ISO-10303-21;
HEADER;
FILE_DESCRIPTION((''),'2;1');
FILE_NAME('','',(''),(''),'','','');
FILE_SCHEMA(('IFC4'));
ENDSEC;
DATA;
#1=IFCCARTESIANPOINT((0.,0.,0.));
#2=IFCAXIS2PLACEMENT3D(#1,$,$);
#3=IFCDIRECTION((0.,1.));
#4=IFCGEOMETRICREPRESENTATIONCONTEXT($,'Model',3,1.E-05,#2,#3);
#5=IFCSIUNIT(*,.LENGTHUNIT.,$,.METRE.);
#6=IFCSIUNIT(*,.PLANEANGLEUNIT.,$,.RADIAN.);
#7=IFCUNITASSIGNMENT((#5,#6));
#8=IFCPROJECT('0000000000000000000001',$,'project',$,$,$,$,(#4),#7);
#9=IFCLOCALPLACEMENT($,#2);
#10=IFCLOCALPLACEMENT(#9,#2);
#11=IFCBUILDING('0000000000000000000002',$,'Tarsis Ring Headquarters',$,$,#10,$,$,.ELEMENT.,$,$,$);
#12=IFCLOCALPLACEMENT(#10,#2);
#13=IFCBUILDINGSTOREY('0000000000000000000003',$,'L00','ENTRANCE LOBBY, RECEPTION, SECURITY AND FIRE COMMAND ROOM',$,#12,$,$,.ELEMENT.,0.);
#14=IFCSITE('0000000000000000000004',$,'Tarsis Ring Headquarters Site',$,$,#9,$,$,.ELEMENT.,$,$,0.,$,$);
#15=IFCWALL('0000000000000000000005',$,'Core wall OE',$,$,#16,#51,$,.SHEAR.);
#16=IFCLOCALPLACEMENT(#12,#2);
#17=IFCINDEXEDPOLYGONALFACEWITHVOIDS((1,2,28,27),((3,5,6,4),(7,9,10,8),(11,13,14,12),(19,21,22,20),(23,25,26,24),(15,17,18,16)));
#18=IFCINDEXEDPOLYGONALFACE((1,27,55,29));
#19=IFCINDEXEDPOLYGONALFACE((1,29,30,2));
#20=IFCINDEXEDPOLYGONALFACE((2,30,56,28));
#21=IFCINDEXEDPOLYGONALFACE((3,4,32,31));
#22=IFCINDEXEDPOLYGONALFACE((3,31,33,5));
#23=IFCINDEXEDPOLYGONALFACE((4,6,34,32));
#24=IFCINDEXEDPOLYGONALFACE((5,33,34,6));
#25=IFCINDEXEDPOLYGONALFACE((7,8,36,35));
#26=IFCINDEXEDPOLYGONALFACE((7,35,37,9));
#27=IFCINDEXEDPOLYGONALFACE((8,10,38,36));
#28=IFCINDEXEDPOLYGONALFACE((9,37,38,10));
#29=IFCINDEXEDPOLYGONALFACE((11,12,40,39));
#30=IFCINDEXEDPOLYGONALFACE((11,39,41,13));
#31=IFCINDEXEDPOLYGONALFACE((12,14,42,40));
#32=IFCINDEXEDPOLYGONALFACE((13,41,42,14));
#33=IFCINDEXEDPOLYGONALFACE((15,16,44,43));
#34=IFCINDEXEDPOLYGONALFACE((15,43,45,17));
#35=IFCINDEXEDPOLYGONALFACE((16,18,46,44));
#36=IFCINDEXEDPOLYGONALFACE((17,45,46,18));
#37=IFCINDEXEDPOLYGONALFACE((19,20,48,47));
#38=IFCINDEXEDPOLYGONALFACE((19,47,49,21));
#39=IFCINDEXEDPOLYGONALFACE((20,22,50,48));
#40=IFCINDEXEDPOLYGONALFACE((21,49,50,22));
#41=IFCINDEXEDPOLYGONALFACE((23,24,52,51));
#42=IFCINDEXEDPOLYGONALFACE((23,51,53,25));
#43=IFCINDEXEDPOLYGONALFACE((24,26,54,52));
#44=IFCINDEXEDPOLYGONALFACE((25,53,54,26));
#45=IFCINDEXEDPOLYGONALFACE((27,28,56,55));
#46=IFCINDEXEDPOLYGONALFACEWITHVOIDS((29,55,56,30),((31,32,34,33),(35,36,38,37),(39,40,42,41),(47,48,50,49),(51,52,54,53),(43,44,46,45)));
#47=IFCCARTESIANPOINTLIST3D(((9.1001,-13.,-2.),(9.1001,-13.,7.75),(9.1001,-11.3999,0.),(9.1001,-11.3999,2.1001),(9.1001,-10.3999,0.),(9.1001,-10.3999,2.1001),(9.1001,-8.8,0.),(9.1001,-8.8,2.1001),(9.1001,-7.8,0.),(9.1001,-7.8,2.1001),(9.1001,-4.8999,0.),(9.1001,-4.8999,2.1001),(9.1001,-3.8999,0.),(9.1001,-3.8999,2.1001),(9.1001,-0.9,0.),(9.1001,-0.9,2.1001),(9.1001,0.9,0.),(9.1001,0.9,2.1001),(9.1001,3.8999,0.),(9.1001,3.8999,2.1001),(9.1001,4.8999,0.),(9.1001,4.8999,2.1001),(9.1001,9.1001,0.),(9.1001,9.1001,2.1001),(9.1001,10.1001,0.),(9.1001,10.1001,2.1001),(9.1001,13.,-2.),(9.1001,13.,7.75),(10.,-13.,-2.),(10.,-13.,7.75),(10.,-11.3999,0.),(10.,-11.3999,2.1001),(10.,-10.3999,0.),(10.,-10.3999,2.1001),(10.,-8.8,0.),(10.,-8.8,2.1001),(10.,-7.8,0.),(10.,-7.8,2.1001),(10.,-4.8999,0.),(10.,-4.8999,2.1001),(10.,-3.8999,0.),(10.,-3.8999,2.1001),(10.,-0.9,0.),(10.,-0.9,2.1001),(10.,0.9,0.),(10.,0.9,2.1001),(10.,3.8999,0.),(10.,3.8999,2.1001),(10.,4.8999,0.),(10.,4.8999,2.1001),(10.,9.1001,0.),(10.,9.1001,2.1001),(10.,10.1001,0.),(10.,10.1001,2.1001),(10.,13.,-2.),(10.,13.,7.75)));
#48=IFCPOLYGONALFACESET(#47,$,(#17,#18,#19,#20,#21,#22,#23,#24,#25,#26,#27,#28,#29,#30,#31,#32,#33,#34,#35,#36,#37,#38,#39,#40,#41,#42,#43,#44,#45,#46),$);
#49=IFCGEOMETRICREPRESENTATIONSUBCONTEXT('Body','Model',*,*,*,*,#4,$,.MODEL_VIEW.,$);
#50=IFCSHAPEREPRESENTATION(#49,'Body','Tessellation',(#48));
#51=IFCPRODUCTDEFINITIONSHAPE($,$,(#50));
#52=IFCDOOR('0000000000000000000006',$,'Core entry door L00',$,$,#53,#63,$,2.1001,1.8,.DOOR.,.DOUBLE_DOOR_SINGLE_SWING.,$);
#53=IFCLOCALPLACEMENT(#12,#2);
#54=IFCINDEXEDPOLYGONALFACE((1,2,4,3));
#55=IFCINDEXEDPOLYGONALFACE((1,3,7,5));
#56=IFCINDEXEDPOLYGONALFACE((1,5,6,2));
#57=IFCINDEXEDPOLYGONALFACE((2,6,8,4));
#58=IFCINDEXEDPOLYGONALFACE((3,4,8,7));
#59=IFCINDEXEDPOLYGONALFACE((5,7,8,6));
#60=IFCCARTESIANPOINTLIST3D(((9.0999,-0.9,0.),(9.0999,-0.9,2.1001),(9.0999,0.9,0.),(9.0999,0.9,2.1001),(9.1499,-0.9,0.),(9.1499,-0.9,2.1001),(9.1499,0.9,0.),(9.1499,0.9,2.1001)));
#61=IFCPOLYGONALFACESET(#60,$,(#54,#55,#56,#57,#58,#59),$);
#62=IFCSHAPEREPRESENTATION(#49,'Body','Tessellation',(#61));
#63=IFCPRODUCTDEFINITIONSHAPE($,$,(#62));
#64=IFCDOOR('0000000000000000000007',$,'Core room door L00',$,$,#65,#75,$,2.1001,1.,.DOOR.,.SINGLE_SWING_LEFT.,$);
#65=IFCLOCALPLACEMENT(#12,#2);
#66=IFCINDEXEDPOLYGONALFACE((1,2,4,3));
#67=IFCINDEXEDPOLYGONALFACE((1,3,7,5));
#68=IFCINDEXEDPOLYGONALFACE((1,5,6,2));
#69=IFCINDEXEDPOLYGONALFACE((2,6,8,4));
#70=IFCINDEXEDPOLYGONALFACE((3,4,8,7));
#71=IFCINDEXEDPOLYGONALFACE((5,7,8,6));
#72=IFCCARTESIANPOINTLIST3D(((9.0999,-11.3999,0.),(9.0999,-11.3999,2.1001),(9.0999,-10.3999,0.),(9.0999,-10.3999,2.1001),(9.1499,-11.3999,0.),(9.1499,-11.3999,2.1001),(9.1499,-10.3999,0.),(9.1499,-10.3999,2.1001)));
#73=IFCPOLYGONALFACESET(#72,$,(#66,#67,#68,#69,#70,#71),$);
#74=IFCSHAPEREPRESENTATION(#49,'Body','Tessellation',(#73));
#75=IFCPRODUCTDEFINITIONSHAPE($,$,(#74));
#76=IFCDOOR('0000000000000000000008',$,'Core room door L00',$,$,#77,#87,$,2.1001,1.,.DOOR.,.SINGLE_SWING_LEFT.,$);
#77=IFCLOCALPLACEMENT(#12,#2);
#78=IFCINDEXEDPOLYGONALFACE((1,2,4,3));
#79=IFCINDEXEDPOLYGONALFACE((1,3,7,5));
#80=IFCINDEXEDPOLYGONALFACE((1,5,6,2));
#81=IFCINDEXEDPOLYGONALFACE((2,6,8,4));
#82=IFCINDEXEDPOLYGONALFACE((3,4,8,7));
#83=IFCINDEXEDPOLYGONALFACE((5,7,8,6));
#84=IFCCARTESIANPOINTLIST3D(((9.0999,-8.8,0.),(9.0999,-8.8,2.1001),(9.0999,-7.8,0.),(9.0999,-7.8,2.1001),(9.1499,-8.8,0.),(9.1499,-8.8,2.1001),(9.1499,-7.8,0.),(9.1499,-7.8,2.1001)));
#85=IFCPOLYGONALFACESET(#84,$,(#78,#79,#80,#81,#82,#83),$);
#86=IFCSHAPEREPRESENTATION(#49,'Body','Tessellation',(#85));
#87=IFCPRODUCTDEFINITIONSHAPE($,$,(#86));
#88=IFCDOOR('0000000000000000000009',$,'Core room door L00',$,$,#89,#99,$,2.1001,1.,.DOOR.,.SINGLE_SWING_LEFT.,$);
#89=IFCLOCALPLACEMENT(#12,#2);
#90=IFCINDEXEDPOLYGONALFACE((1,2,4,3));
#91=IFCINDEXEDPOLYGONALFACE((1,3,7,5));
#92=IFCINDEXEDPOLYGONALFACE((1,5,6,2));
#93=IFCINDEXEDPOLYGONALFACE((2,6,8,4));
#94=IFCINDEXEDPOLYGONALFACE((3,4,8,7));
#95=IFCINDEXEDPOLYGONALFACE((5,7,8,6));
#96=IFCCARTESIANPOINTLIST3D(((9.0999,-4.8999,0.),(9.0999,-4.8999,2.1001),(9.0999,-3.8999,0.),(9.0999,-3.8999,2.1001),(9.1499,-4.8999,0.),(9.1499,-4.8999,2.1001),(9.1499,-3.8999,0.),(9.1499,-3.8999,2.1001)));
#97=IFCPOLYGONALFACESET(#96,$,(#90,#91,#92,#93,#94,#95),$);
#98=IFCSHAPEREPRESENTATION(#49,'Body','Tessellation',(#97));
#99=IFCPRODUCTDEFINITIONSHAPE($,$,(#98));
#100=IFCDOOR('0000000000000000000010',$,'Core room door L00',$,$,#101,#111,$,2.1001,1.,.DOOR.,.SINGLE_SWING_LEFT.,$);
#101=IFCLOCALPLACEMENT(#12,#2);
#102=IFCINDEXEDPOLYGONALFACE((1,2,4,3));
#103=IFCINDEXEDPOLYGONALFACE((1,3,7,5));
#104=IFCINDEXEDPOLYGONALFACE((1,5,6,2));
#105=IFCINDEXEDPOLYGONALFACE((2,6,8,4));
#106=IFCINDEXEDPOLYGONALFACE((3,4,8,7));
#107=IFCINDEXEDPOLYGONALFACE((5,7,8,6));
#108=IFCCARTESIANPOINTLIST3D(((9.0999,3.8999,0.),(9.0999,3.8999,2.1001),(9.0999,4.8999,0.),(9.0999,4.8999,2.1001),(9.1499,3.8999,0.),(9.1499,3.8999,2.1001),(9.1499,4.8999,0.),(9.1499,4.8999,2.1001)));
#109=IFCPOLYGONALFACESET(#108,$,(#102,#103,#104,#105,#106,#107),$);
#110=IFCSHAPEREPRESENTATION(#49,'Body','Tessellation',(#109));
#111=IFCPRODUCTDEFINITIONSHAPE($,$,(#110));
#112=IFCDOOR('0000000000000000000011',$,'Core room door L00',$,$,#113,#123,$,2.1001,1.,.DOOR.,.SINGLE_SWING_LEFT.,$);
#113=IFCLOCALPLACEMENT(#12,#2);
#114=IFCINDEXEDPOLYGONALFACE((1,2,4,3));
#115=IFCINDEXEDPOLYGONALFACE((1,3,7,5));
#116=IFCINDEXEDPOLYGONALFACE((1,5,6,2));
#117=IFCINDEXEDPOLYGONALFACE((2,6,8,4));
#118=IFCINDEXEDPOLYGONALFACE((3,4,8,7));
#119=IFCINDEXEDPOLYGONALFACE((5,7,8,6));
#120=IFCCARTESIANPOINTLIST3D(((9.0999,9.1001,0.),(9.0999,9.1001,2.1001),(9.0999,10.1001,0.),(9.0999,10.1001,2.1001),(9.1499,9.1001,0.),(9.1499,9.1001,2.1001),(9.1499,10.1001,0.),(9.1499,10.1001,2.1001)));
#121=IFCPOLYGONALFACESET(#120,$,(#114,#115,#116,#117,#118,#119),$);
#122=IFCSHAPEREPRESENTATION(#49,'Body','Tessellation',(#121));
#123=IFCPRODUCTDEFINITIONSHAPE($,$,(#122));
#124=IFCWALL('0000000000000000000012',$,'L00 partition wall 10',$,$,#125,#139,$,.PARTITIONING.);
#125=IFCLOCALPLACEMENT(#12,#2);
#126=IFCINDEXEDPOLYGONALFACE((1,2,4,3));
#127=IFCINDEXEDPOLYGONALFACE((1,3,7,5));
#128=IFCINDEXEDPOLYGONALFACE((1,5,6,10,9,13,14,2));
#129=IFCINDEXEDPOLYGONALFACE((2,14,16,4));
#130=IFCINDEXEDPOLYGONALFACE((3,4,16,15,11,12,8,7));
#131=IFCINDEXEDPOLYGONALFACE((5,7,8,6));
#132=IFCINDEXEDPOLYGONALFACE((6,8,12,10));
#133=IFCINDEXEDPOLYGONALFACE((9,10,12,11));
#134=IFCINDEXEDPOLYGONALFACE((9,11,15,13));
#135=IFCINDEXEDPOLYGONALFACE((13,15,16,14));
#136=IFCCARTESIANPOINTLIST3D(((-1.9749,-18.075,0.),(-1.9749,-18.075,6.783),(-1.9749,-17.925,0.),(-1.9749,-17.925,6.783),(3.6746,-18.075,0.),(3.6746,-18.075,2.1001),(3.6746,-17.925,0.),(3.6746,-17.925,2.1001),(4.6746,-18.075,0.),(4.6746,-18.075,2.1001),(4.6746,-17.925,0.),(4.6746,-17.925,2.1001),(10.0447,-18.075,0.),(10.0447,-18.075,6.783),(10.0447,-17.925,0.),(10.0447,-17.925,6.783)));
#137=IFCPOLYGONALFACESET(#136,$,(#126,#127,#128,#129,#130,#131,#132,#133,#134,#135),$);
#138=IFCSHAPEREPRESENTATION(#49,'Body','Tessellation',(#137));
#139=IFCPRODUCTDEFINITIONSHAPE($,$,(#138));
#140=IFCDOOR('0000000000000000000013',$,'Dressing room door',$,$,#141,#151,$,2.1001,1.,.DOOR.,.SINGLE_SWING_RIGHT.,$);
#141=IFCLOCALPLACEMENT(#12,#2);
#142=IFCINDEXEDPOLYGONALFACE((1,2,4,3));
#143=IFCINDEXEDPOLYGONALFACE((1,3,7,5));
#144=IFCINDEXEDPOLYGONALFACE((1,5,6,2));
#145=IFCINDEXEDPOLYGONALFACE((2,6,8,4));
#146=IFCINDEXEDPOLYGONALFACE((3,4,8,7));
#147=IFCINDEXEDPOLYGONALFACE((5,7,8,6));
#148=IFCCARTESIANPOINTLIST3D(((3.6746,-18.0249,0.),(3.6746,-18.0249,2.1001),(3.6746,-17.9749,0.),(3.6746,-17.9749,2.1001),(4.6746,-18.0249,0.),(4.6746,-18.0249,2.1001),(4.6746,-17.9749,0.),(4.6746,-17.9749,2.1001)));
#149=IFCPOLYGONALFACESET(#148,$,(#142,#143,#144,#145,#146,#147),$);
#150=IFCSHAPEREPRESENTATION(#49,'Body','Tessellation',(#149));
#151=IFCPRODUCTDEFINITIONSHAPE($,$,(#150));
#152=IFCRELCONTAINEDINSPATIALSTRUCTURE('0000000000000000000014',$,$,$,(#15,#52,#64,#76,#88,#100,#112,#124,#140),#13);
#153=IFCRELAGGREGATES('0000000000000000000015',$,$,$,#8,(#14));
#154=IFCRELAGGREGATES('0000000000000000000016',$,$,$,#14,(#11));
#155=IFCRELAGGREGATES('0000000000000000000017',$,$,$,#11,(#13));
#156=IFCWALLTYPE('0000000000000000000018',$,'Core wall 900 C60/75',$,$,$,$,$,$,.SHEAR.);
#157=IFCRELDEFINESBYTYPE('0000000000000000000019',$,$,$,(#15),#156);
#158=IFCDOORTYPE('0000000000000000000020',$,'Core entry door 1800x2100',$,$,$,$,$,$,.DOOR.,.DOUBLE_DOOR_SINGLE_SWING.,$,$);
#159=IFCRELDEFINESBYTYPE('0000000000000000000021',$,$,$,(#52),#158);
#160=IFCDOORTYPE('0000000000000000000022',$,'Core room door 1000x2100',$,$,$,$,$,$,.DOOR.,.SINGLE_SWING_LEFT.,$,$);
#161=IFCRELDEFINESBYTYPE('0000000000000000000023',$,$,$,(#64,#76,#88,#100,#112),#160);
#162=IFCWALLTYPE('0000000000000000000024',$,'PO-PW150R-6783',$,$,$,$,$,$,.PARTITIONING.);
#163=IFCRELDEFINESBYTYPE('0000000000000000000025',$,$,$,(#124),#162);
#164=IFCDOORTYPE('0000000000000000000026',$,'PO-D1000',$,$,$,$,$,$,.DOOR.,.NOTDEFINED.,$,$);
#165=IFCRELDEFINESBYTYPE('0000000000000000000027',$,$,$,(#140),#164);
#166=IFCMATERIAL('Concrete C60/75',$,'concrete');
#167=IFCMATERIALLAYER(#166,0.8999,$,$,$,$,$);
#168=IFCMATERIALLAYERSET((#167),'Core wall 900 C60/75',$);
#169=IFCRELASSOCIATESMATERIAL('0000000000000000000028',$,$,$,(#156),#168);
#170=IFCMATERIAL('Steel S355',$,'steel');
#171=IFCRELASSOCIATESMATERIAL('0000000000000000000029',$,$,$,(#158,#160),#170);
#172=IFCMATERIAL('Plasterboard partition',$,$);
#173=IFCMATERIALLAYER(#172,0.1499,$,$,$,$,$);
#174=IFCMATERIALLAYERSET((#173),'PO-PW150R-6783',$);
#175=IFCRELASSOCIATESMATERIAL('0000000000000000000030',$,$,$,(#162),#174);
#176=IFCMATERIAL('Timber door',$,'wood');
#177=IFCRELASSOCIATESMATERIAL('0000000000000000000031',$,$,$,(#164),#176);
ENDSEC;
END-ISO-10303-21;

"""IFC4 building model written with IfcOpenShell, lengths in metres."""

from ifc_helpers import new_model, si_unit, direction, frame, frame_2d, origin, place, context, subcontext, project, spatial, rectangle, extrude, material, layer, layer_set, type_object, element, fill, save


model = new_model("IFC4")

# Units and contexts
model_context = context("Model", 3, precision=1e-05, world=origin(), true_north=direction((0.0, 1.0)))
body_context = subcontext(model_context, "Body", "Model", "MODEL_VIEW")
ifc_project = project(units=[si_unit("LENGTHUNIT", "METRE"), si_unit("PLANEANGLEUNIT", "RADIAN")], contexts=[model_context])

# Site, building, storey
site_placement = place(None, origin())
site = spatial("IfcSite", under=ifc_project, at=site_placement, Name="Tarsis Ring Headquarters Site", CompositionType="ELEMENT", RefElevation=0.0)
building_placement = place(site_placement, origin())
building = spatial("IfcBuilding", under=site, at=building_placement, Name="Tarsis Ring Headquarters", CompositionType="ELEMENT")
storey_placement = place(building_placement, origin())
storey = spatial("IfcBuildingStorey", under=building, at=storey_placement, Name="L00", Description="ENTRANCE LOBBY, RECEPTION, SECURITY AND FIRE COMMAND ROOM", CompositionType="ELEMENT", Elevation=0.0)

# Wall, openings, doors
ifc_material_1 = material(Name="Concrete C60/75", Category="concrete")
ifc_layer_1 = layer(ifc_material_1, 0.8999)
ifc_layer_set_1 = layer_set([ifc_layer_1], Name="Core wall 900 C60/75")
wall_type_1 = type_object("IfcWallType", Name="Core wall 900 C60/75", PredefinedType="SHEAR", material=ifc_layer_set_1)
wall_1_placement = place(storey_placement, frame((9.55, -13.0, -2.0), z_axis=(0.0, 0.0, 1.0), x_axis=(0.0, 1.0, 0.0)))
wall_1 = element("IfcWall", 1, at=wall_1_placement, inside=storey, type_object=wall_type_1, Name="Core wall OE", PredefinedType="SHEAR", context=body_context, shape_type="SweptSolid", body=[
    extrude(rectangle(XDim=26.0, YDim=0.8999, at=frame_2d((13.0, 0.0))), origin(), (0.0, 0.0, 1.0), 9.75),
])
opening_1_placement = place(wall_1_placement, frame((1.6001, 0.0, 2.0)))
opening_1 = element("IfcOpeningElement", 2, at=opening_1_placement, cuts=wall_1, PredefinedType="OPENING", context=body_context, shape_type="SweptSolid", body=[
    extrude(rectangle(XDim=1.0, YDim=2.1001, at=frame_2d((0.5, 1.05))), frame((0.0, 0.46, 0.0), z_axis=(0.0, -1.0, 0.0), x_axis=(1.0, 0.0, 0.0)), (0.0, 0.0, 1.0), 0.9199),
])
opening_2_placement = place(wall_1_placement, frame((4.2, 0.0, 2.0)))
opening_2 = element("IfcOpeningElement", 3, at=opening_2_placement, cuts=wall_1, PredefinedType="OPENING", context=body_context, shape_type="SweptSolid", body=[
    extrude(rectangle(XDim=1.0, YDim=2.1001, at=frame_2d((0.5, 1.05))), frame((0.0, 0.46, 0.0), z_axis=(0.0, -1.0, 0.0), x_axis=(1.0, 0.0, 0.0)), (0.0, 0.0, 1.0), 0.9199),
])
opening_3_placement = place(wall_1_placement, frame((8.1001, 0.0, 2.0)))
opening_3 = element("IfcOpeningElement", 4, at=opening_3_placement, cuts=wall_1, PredefinedType="OPENING", context=body_context, shape_type="SweptSolid", body=[
    extrude(rectangle(XDim=1.0, YDim=2.1001, at=frame_2d((0.5, 1.05))), frame((0.0, 0.46, 0.0), z_axis=(0.0, -1.0, 0.0), x_axis=(1.0, 0.0, 0.0)), (0.0, 0.0, 1.0), 0.9199),
])
opening_4_placement = place(wall_1_placement, frame((12.1001, 0.0, 2.0)))
opening_4 = element("IfcOpeningElement", 5, at=opening_4_placement, cuts=wall_1, PredefinedType="OPENING", context=body_context, shape_type="SweptSolid", body=[
    extrude(rectangle(XDim=1.8, YDim=2.1001, at=frame_2d((0.8999, 1.05))), frame((0.0, 0.46, 0.0), z_axis=(0.0, -1.0, 0.0), x_axis=(1.0, 0.0, 0.0)), (0.0, 0.0, 1.0), 0.9199),
])
opening_5_placement = place(wall_1_placement, frame((16.8999, 0.0, 2.0)))
opening_5 = element("IfcOpeningElement", 6, at=opening_5_placement, cuts=wall_1, PredefinedType="OPENING", context=body_context, shape_type="SweptSolid", body=[
    extrude(rectangle(XDim=1.0, YDim=2.1001, at=frame_2d((0.5, 1.05))), frame((0.0, 0.46, 0.0), z_axis=(0.0, -1.0, 0.0), x_axis=(1.0, 0.0, 0.0)), (0.0, 0.0, 1.0), 0.9199),
])
opening_6_placement = place(wall_1_placement, frame((22.1001, 0.0, 2.0)))
opening_6 = element("IfcOpeningElement", 7, at=opening_6_placement, cuts=wall_1, PredefinedType="OPENING", context=body_context, shape_type="SweptSolid", body=[
    extrude(rectangle(XDim=1.0, YDim=2.1001, at=frame_2d((0.5, 1.05))), frame((0.0, 0.46, 0.0), z_axis=(0.0, -1.0, 0.0), x_axis=(1.0, 0.0, 0.0)), (0.0, 0.0, 1.0), 0.9199),
])
ifc_material_2 = material(Name="Steel S355", Category="steel")
door_type_1 = type_object("IfcDoorType", Name="Core entry door 1800x2100", OperationType="DOUBLE_DOOR_SINGLE_SWING", PredefinedType="DOOR", material=ifc_material_2)
door_1_placement = place(opening_4_placement, origin())
door_1 = element("IfcDoor", 8, at=door_1_placement, inside=storey, type_object=door_type_1, Name="Core entry door L00", OperationType="DOUBLE_DOOR_SINGLE_SWING", OverallHeight=2.1001, OverallWidth=1.8, PredefinedType="DOOR", context=body_context, shape_type="SweptSolid", body=[
    extrude(rectangle(XDim=1.8, YDim=2.1001, at=frame_2d((0.8999, 1.05))), frame((0.0, 0.4502, 0.0), z_axis=(0.0, -1.0, 0.0), x_axis=(1.0, 0.0, 0.0)), (0.0, 0.0, 1.0), 0.05),
])
fill(opening_4, door_1)
door_type_2 = type_object("IfcDoorType", Name="Core room door 1000x2100", OperationType="SINGLE_SWING_LEFT", PredefinedType="DOOR", material=ifc_material_2)
door_2_placement = place(opening_1_placement, origin())
door_2 = element("IfcDoor", 9, at=door_2_placement, inside=storey, type_object=door_type_2, Name="Core room door L00", OperationType="SINGLE_SWING_LEFT", OverallHeight=2.1001, OverallWidth=1.0, PredefinedType="DOOR", context=body_context, shape_type="SweptSolid", body=[
    extrude(rectangle(XDim=1.0, YDim=2.1001, at=frame_2d((0.5, 1.05))), frame((0.0, 0.4502, 0.0), z_axis=(0.0, -1.0, 0.0), x_axis=(1.0, 0.0, 0.0)), (0.0, 0.0, 1.0), 0.05),
])
fill(opening_1, door_2)
door_3_placement = place(opening_2_placement, origin())
door_3 = element("IfcDoor", 10, at=door_3_placement, inside=storey, type_object=door_type_2, Name="Core room door L00", OperationType="SINGLE_SWING_LEFT", OverallHeight=2.1001, OverallWidth=1.0, PredefinedType="DOOR", context=body_context, shape_type="SweptSolid", body=[
    extrude(rectangle(XDim=1.0, YDim=2.1001, at=frame_2d((0.5, 1.05))), frame((0.0, 0.4502, 0.0), z_axis=(0.0, -1.0, 0.0), x_axis=(1.0, 0.0, 0.0)), (0.0, 0.0, 1.0), 0.05),
])
fill(opening_2, door_3)
door_4_placement = place(opening_3_placement, origin())
door_4 = element("IfcDoor", 11, at=door_4_placement, inside=storey, type_object=door_type_2, Name="Core room door L00", OperationType="SINGLE_SWING_LEFT", OverallHeight=2.1001, OverallWidth=1.0, PredefinedType="DOOR", context=body_context, shape_type="SweptSolid", body=[
    extrude(rectangle(XDim=1.0, YDim=2.1001, at=frame_2d((0.5, 1.05))), frame((0.0, 0.4502, 0.0), z_axis=(0.0, -1.0, 0.0), x_axis=(1.0, 0.0, 0.0)), (0.0, 0.0, 1.0), 0.05),
])
fill(opening_3, door_4)
door_5_placement = place(opening_5_placement, origin())
door_5 = element("IfcDoor", 12, at=door_5_placement, inside=storey, type_object=door_type_2, Name="Core room door L00", OperationType="SINGLE_SWING_LEFT", OverallHeight=2.1001, OverallWidth=1.0, PredefinedType="DOOR", context=body_context, shape_type="SweptSolid", body=[
    extrude(rectangle(XDim=1.0, YDim=2.1001, at=frame_2d((0.5, 1.05))), frame((0.0, 0.4502, 0.0), z_axis=(0.0, -1.0, 0.0), x_axis=(1.0, 0.0, 0.0)), (0.0, 0.0, 1.0), 0.05),
])
fill(opening_5, door_5)
door_6_placement = place(opening_6_placement, origin())
door_6 = element("IfcDoor", 13, at=door_6_placement, inside=storey, type_object=door_type_2, Name="Core room door L00", OperationType="SINGLE_SWING_LEFT", OverallHeight=2.1001, OverallWidth=1.0, PredefinedType="DOOR", context=body_context, shape_type="SweptSolid", body=[
    extrude(rectangle(XDim=1.0, YDim=2.1001, at=frame_2d((0.5, 1.05))), frame((0.0, 0.4502, 0.0), z_axis=(0.0, -1.0, 0.0), x_axis=(1.0, 0.0, 0.0)), (0.0, 0.0, 1.0), 0.05),
])
fill(opening_6, door_6)

# Wall, opening, door
ifc_material_3 = material(Name="Plasterboard partition")
ifc_layer_2 = layer(ifc_material_3, 0.1499)
ifc_layer_set_2 = layer_set([ifc_layer_2], Name="PO-PW150R-6783")
wall_type_2 = type_object("IfcWallType", Name="PO-PW150R-6783", PredefinedType="PARTITIONING", material=ifc_layer_set_2)
wall_2_placement = place(storey_placement, frame((10.0447, -18.0, 0.0), z_axis=(0.0, 0.0, 1.0), x_axis=(-1.0, 0.0, 0.0)))
wall_2 = element("IfcWall", 14, at=wall_2_placement, inside=storey, type_object=wall_type_2, Name="L00 partition wall 10", PredefinedType="PARTITIONING", context=body_context, shape_type="SweptSolid", body=[
    extrude(rectangle(XDim=12.0195, YDim=0.1499, at=frame_2d((6.0098, 0.0))), origin(), (0.0, 0.0, 1.0), 6.783),
])
opening_7_placement = place(wall_2_placement, frame((5.3701, 0.0, 0.0)))
opening_7 = element("IfcOpeningElement", 15, at=opening_7_placement, cuts=wall_2, PredefinedType="OPENING", context=body_context, shape_type="SweptSolid", body=[
    extrude(rectangle(XDim=1.0, YDim=2.1001, at=frame_2d((0.5, 1.05))), frame((0.0, 0.085, 0.0), z_axis=(0.0, -1.0, 0.0), x_axis=(1.0, 0.0, 0.0)), (0.0, 0.0, 1.0), 0.1699),
])
ifc_material_4 = material(Name="Timber door", Category="wood")
door_type_3 = type_object("IfcDoorType", Name="PO-D1000", OperationType="NOTDEFINED", PredefinedType="DOOR", material=ifc_material_4)
door_7_placement = place(opening_7_placement, origin())
door_7 = element("IfcDoor", 16, at=door_7_placement, inside=storey, type_object=door_type_3, Name="Dressing room door", OperationType="SINGLE_SWING_RIGHT", OverallHeight=2.1001, OverallWidth=1.0, PredefinedType="DOOR", context=body_context, shape_type="SweptSolid", body=[
    extrude(rectangle(XDim=1.0, YDim=2.1001, at=frame_2d((0.5, 1.05))), frame((0.0, 0.0249, 0.0), z_axis=(0.0, -1.0, 0.0), x_axis=(1.0, 0.0, 0.0)), (0.0, 0.0, 1.0), 0.05),
])
fill(opening_7, door_7)

save(model, "model.ifc")
